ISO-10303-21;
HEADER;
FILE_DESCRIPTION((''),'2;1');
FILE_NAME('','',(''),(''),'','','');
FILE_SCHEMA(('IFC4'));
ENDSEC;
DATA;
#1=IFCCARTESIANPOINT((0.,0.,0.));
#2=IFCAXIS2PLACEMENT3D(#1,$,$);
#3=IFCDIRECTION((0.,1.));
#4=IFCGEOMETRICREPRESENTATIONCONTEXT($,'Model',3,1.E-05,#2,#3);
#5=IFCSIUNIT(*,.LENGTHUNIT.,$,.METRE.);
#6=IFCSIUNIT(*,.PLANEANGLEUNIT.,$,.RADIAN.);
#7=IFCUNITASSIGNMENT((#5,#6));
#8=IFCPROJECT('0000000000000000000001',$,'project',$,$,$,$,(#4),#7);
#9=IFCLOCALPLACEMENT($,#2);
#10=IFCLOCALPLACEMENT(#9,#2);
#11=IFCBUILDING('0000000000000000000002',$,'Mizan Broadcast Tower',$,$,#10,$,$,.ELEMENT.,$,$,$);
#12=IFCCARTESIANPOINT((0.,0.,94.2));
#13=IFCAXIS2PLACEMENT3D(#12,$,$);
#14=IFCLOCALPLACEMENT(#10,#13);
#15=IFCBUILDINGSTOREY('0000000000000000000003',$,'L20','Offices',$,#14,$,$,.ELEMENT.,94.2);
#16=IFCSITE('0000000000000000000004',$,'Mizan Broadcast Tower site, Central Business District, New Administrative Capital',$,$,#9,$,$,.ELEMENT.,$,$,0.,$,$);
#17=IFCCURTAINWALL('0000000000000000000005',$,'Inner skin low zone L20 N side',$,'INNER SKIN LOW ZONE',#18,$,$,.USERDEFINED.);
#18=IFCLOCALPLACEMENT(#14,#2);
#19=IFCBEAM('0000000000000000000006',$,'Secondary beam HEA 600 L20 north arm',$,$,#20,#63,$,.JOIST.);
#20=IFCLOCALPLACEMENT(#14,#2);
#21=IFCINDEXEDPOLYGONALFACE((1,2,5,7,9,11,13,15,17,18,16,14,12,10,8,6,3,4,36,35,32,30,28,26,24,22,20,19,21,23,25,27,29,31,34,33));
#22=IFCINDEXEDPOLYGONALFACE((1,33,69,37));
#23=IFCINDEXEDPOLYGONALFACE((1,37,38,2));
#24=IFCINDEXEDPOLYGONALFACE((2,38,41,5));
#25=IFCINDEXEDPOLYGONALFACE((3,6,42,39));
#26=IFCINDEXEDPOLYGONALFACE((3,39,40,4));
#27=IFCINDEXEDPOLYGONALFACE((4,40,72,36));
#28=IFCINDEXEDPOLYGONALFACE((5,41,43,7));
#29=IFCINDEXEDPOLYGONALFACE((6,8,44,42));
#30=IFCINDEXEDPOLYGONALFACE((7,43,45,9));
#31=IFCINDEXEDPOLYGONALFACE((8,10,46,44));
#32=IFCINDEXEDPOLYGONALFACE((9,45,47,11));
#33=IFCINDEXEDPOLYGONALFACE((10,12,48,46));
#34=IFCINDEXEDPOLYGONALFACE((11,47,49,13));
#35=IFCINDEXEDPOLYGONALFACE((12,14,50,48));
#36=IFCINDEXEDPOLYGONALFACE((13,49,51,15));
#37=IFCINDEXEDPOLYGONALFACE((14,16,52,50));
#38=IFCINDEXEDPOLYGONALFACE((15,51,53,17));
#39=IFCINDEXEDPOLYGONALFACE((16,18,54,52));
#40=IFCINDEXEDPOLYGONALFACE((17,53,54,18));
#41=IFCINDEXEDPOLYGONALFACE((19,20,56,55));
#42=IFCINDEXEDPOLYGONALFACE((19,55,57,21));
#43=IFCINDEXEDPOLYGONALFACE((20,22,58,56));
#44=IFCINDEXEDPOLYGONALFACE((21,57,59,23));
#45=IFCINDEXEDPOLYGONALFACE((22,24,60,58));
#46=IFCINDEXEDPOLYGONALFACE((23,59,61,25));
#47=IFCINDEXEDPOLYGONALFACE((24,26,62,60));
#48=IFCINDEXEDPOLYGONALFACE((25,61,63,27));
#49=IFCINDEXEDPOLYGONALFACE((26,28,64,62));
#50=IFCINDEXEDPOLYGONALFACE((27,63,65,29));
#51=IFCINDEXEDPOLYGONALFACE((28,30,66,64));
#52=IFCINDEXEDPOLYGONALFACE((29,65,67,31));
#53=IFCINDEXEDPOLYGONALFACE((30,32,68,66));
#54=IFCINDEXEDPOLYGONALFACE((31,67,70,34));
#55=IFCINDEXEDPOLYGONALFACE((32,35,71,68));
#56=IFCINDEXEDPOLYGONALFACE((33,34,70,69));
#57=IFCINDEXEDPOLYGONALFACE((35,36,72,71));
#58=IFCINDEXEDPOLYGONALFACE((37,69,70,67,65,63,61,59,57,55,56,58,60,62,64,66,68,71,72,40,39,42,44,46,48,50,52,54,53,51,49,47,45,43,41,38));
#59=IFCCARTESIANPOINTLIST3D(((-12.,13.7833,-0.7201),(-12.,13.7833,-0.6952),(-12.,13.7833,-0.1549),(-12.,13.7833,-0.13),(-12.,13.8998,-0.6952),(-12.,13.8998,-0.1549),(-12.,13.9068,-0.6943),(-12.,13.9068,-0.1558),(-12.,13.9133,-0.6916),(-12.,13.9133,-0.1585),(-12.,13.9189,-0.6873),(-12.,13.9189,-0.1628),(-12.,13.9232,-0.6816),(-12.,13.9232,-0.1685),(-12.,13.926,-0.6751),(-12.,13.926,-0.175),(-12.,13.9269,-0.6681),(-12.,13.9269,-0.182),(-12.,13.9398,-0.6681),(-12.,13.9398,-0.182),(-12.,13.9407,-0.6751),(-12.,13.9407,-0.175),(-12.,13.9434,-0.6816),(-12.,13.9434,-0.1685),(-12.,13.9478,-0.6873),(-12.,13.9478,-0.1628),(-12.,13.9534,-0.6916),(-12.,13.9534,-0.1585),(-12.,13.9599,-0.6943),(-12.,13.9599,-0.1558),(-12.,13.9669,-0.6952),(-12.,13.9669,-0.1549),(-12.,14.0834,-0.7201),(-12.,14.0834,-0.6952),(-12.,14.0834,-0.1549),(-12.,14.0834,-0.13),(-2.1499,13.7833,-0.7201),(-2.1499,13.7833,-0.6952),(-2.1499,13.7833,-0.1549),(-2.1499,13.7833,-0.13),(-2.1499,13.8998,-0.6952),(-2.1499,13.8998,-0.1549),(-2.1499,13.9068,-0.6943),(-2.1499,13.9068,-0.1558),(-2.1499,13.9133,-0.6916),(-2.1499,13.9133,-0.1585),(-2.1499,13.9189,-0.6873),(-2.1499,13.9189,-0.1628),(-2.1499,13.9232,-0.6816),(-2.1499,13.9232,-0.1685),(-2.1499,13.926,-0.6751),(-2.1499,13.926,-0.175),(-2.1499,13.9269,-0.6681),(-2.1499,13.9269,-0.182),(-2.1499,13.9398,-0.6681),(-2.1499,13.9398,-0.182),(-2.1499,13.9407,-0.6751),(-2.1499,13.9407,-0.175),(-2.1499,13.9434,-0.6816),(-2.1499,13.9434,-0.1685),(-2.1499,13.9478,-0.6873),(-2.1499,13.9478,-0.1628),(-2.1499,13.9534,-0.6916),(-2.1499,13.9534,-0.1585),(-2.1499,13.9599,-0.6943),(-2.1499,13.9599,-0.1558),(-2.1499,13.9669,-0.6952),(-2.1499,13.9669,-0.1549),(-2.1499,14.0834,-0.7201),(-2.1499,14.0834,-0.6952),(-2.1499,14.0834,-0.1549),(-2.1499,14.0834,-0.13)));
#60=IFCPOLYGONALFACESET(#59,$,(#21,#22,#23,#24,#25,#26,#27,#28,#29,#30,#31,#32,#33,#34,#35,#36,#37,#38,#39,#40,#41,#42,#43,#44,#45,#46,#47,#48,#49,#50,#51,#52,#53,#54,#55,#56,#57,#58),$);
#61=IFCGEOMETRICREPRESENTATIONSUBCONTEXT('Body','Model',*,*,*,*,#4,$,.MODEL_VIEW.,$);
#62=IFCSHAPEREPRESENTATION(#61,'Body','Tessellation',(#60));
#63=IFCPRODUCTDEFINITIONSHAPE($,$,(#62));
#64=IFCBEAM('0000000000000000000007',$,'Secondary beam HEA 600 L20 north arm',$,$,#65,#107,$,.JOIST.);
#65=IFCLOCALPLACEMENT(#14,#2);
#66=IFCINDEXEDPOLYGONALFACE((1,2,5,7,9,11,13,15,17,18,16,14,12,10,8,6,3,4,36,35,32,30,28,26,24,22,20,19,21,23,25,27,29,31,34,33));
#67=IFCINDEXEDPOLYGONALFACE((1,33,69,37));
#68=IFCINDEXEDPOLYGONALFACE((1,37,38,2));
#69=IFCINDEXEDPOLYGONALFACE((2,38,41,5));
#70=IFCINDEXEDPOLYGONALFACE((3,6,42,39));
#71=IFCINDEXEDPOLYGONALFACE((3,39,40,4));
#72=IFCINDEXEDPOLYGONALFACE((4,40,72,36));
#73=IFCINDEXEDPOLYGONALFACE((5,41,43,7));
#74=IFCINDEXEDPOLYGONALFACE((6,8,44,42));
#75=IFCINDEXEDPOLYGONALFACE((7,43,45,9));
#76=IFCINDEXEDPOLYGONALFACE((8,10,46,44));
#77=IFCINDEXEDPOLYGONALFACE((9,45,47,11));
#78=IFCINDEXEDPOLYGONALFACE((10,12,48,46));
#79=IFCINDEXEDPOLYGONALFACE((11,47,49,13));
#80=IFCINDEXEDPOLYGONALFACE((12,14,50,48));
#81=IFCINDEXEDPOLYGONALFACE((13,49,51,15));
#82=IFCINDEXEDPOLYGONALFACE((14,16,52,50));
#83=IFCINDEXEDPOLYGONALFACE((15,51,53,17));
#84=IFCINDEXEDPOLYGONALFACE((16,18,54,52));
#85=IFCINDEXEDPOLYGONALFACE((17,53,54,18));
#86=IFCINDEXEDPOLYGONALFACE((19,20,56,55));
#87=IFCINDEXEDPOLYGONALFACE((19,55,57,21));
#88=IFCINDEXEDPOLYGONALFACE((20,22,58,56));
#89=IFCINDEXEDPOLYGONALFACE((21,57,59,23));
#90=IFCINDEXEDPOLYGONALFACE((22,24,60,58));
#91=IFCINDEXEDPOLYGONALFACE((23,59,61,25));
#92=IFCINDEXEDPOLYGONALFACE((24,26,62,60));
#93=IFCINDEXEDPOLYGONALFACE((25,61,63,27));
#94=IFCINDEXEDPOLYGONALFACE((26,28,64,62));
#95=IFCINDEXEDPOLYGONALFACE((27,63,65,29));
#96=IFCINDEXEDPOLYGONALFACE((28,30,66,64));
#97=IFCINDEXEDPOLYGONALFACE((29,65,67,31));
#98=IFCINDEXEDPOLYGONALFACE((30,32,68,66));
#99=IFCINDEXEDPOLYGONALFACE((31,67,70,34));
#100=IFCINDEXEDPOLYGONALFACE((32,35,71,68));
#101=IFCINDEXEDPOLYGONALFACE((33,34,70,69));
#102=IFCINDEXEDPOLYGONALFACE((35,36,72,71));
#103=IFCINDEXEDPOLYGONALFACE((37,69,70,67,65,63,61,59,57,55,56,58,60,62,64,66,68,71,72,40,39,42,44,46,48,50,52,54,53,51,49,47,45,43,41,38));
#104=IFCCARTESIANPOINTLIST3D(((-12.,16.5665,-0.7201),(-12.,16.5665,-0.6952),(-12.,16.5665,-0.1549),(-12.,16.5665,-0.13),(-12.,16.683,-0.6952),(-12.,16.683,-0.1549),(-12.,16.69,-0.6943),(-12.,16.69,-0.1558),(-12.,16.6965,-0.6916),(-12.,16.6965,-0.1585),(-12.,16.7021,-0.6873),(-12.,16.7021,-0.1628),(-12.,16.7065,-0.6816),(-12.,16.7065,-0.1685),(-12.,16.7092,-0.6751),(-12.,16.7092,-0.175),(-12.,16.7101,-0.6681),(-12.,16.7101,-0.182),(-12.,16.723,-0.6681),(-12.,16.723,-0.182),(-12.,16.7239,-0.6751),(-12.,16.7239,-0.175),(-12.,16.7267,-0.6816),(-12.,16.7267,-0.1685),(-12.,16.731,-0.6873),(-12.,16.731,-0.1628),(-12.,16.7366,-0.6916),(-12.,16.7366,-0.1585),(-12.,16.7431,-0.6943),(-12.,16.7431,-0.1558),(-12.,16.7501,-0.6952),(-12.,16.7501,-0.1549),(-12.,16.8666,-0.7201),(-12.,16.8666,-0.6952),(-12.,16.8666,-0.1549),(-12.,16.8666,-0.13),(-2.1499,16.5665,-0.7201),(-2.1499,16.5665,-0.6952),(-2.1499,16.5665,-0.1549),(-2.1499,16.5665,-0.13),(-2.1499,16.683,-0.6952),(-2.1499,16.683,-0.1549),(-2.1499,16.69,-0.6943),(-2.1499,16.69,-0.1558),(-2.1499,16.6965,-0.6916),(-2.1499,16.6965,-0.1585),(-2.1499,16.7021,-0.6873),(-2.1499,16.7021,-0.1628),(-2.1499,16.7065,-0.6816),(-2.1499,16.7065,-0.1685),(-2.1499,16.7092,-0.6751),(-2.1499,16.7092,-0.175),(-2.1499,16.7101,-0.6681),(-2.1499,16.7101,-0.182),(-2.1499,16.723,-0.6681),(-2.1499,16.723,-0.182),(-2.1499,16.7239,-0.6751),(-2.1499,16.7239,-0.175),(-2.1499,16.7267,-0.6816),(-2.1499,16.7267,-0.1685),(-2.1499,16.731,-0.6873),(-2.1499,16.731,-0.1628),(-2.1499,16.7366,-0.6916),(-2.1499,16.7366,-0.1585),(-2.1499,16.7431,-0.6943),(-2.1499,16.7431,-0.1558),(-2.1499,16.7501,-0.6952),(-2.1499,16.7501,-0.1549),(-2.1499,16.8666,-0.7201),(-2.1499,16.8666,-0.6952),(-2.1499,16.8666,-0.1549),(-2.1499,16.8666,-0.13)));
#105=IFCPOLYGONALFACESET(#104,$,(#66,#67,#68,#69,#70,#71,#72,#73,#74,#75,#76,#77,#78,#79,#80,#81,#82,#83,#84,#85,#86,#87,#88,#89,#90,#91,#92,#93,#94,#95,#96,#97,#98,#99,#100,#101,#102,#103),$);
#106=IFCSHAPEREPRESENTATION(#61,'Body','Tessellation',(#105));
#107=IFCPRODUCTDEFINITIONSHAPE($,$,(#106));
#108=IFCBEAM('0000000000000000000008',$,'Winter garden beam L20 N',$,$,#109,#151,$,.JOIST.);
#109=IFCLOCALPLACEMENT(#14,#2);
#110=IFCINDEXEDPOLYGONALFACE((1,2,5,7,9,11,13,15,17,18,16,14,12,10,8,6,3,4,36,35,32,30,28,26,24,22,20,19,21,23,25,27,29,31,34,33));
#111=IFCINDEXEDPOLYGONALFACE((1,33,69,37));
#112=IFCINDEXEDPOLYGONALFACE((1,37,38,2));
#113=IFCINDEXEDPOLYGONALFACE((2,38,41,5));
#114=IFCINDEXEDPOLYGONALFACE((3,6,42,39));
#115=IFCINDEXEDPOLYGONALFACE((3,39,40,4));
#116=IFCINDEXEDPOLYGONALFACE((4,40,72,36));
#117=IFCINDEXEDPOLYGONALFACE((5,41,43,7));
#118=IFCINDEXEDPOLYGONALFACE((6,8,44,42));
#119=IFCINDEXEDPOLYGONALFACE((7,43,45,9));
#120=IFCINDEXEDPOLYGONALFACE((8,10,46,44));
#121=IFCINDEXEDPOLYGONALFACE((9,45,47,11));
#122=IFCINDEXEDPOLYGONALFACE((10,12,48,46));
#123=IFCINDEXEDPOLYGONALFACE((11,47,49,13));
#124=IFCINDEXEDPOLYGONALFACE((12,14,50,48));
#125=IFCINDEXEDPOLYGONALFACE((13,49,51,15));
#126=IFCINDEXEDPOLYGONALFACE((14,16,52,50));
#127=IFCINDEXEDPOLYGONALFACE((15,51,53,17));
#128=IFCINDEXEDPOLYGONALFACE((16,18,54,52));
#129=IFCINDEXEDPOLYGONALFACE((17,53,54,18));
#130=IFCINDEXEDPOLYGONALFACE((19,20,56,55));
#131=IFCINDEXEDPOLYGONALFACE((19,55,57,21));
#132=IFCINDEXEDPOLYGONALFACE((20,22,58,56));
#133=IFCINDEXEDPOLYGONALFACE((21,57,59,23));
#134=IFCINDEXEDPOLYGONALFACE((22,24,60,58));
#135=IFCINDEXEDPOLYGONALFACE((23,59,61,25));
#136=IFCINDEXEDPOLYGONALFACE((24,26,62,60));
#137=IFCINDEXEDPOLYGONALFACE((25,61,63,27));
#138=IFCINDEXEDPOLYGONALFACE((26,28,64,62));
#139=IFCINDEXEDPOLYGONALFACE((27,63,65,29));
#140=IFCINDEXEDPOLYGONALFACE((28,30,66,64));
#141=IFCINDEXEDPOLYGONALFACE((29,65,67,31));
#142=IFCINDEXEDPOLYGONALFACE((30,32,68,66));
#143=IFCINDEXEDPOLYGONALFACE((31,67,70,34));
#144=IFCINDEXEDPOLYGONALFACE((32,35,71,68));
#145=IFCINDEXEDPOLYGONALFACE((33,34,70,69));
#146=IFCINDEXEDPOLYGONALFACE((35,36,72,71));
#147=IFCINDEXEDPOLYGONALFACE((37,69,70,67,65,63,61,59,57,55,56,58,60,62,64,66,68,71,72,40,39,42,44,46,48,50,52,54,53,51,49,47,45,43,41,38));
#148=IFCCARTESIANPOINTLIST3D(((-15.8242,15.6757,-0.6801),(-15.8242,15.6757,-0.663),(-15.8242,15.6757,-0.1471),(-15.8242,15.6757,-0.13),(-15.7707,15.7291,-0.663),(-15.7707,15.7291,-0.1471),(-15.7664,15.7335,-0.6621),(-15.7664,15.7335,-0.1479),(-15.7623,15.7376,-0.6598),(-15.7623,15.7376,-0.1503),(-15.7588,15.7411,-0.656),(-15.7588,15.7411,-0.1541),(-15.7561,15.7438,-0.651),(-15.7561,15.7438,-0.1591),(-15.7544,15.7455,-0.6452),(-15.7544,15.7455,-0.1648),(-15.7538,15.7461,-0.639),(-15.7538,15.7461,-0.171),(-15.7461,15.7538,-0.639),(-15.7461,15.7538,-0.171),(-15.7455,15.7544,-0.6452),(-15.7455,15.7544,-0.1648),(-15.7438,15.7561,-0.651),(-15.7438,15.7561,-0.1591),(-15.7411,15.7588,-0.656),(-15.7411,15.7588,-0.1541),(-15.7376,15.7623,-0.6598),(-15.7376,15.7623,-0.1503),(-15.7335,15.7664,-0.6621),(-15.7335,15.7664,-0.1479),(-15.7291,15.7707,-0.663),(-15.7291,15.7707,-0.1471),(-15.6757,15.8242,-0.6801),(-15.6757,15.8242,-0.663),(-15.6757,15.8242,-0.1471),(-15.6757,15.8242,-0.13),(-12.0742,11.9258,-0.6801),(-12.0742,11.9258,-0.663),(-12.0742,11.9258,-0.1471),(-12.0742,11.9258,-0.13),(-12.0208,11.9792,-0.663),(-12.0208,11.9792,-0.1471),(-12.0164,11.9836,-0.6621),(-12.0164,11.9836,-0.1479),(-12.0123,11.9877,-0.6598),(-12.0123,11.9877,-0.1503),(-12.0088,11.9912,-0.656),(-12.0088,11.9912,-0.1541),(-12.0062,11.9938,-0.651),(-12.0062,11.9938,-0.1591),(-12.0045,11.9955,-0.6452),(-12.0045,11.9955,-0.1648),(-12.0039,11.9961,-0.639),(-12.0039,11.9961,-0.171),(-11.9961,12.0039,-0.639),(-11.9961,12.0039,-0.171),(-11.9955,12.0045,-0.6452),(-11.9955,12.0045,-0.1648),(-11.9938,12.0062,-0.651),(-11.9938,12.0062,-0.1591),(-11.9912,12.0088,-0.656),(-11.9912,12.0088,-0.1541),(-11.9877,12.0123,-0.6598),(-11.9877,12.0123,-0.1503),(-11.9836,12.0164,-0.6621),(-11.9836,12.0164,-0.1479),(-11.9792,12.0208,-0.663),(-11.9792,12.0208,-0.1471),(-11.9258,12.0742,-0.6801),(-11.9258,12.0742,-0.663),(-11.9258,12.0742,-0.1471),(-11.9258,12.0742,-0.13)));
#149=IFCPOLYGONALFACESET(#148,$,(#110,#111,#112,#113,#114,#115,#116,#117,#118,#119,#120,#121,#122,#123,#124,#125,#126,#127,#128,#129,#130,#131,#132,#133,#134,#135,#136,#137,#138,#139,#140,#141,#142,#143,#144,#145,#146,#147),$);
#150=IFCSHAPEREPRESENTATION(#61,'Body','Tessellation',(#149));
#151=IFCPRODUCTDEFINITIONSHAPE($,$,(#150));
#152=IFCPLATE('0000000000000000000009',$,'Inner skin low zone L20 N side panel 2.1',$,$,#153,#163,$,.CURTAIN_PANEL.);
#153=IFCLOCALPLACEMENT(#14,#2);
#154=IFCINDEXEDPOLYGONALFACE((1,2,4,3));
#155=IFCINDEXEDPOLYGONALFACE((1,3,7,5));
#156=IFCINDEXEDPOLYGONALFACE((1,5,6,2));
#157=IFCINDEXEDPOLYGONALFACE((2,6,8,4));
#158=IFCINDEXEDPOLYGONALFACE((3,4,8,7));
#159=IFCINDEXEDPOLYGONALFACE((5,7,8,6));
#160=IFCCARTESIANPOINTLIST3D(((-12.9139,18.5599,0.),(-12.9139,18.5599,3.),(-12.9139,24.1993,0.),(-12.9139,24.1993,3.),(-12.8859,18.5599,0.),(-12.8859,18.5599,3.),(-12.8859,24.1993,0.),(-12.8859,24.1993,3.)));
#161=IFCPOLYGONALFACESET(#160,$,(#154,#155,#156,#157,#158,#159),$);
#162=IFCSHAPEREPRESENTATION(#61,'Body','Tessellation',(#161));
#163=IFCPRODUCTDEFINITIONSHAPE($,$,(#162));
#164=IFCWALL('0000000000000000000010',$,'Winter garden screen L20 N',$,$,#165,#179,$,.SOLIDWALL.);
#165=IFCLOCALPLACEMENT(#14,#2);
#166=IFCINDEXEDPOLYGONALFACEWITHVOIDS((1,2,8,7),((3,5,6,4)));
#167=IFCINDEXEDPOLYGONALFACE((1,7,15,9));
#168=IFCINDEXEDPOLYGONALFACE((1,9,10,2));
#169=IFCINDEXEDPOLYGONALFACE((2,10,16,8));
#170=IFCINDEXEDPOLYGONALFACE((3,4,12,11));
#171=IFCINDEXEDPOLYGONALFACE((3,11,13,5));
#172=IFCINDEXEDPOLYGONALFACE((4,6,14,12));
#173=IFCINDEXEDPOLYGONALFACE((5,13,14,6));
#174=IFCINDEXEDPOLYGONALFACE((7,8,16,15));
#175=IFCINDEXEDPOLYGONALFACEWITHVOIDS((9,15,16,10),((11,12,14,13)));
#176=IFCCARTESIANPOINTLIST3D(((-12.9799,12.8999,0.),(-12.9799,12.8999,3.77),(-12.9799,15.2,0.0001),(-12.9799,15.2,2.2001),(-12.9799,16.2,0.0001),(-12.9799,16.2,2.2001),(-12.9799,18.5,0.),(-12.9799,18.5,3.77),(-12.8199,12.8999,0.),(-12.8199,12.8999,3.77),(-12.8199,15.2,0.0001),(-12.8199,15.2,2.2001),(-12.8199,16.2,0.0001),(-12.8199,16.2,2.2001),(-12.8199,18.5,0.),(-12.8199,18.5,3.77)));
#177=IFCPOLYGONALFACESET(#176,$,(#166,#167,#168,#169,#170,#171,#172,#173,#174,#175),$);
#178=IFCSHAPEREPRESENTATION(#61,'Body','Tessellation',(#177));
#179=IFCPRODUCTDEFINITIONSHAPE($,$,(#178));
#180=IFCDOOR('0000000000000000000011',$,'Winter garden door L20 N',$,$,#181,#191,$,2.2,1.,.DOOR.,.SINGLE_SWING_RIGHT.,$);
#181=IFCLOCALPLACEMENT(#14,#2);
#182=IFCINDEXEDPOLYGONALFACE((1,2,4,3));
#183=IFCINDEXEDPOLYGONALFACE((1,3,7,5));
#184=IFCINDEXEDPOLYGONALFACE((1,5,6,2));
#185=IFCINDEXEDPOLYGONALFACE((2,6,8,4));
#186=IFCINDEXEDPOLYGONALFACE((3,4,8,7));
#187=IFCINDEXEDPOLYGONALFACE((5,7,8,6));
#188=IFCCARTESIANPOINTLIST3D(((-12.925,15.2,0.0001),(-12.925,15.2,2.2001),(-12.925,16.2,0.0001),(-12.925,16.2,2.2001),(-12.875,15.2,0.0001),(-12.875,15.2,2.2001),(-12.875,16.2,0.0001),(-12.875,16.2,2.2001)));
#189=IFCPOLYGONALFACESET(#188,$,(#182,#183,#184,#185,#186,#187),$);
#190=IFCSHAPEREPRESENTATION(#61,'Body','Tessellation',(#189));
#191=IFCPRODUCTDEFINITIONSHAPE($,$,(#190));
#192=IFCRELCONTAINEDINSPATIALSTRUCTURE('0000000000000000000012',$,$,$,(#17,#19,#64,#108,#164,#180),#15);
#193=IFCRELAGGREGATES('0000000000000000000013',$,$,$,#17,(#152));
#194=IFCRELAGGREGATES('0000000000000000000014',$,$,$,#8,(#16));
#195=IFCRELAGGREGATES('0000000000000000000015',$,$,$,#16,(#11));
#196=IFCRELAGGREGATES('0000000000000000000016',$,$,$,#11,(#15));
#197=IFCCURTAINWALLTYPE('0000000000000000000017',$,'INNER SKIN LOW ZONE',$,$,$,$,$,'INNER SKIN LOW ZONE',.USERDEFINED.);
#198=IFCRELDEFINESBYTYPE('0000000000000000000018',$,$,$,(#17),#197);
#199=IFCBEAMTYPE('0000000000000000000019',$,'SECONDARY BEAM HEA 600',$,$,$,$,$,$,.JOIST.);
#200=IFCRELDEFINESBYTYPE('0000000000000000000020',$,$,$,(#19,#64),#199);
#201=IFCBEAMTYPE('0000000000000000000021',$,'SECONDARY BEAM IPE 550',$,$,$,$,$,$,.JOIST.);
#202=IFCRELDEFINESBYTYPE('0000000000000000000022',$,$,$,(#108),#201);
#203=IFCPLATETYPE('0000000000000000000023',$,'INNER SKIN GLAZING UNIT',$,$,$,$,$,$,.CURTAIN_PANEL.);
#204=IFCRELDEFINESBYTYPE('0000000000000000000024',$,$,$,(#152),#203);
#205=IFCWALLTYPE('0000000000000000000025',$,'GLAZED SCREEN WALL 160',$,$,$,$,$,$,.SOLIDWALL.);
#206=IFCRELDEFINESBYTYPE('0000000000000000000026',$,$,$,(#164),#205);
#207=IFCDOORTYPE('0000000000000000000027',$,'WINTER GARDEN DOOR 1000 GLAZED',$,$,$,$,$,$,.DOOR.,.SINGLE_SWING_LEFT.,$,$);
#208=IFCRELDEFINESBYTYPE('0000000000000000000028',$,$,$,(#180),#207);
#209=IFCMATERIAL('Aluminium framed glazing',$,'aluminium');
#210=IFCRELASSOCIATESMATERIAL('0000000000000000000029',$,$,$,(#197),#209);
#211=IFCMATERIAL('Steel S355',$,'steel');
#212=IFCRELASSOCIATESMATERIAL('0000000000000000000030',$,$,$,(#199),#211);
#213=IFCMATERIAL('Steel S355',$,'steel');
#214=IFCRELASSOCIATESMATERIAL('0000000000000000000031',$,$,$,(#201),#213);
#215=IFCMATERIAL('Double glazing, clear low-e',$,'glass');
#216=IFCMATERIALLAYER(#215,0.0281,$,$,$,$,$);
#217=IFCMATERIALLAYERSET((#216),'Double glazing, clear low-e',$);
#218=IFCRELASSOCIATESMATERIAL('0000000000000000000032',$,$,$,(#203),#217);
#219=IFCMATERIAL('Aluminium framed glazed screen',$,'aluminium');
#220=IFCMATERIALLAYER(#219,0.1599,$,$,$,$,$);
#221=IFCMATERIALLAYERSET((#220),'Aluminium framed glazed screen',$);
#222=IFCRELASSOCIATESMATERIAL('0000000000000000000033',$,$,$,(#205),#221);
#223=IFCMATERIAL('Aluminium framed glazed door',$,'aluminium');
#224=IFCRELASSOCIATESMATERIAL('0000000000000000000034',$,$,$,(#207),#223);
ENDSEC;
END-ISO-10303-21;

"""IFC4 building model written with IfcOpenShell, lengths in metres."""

from ifc_helpers import new_model, si_unit, direction, frame, frame_2d, origin, origin_2d, place, context, subcontext, project, spatial, rectangle, i_section, extrude, material, layer, layer_set, material_profile, profile_set, type_object, element, fill, aggregate, save


model = new_model("IFC4")

# Units and contexts
model_context = context("Model", 3, precision=1e-05, world=origin(), true_north=direction((0.0, 1.0)))
body_context = subcontext(model_context, "Body", "Model", "MODEL_VIEW")
ifc_project = project(units=[si_unit("LENGTHUNIT", "METRE"), si_unit("PLANEANGLEUNIT", "RADIAN")], contexts=[model_context])

# Site, building, storey
site_placement = place(None, origin())
site = spatial("IfcSite", under=ifc_project, at=site_placement, Name="Mizan Broadcast Tower site, Central Business District, New Administrative Capital", CompositionType="ELEMENT", RefElevation=0.0)
building_placement = place(site_placement, origin())
building = spatial("IfcBuilding", under=site, at=building_placement, Name="Mizan Broadcast Tower", CompositionType="ELEMENT")
storey_placement = place(building_placement, frame((0.0, 0.0, 94.2)))
storey = spatial("IfcBuildingStorey", under=building, at=storey_placement, Name="L20", Description="Offices", CompositionType="ELEMENT", Elevation=94.2)

# Curtain wall
ifc_material_1 = material(Name="Aluminium framed glazing", Category="aluminium")
curtain_wall_type = type_object("IfcCurtainWallType", Name="INNER SKIN LOW ZONE", ElementType="INNER SKIN LOW ZONE", PredefinedType="USERDEFINED", material=ifc_material_1)
curtain_wall_placement = place(storey_placement, origin())
curtain_wall = element("IfcCurtainWall", 1, at=curtain_wall_placement, inside=storey, type_object=curtain_wall_type, Name="Inner skin low zone L20 N side", ObjectType="INNER SKIN LOW ZONE", PredefinedType="USERDEFINED")

# Beams
ifc_material_2 = material(Name="Steel S355", Category="steel")
ifc_material_profile_1 = material_profile(ifc_material_2, i_section(OverallWidth=0.3, OverallDepth=0.5901, WebThickness=0.0129, FlangeThickness=0.0249, FilletRadius=0.0271, at=origin_2d()), Name="HEA 600")
ifc_profile_set_1 = profile_set([ifc_material_profile_1], Name="Steel S355")
beam_type_1 = type_object("IfcBeamType", Name="SECONDARY BEAM HEA 600", PredefinedType="JOIST", material=ifc_profile_set_1)
for number, where, z_axis, x_axis, name in (
    (2, (-12.0, 13.9333, -0.425), (1.0, 0.0, 0.0), (0.0, 1.0, 0.0), "Secondary beam HEA 600 L20 north arm"),
    (3, (-12.0, 16.7166, -0.425), (1.0, 0.0, 0.0), (0.0, 1.0, 0.0), "Secondary beam HEA 600 L20 north arm"),
):
    element("IfcBeam", number, at=place(storey_placement, frame(where, z_axis=z_axis, x_axis=x_axis)), inside=storey, type_object=beam_type_1, Name=name, PredefinedType="JOIST", context=body_context, shape_type="SweptSolid", body=[
        extrude(i_section(OverallWidth=0.3, OverallDepth=0.5901, WebThickness=0.0129, FlangeThickness=0.0249, FilletRadius=0.0271, at=origin_2d()), origin(), (0.0, 0.0, 1.0), 9.8501),
    ])
ifc_material_3 = material(Name="Steel S355", Category="steel")
ifc_material_profile_2 = material_profile(ifc_material_3, i_section(OverallWidth=0.21, OverallDepth=0.55, WebThickness=0.011, FlangeThickness=0.0171, FilletRadius=0.0239, at=origin_2d()), Name="IPE 550")
ifc_profile_set_2 = profile_set([ifc_material_profile_2], Name="Steel S355")
beam_type_2 = type_object("IfcBeamType", Name="SECONDARY BEAM IPE 550", PredefinedType="JOIST", material=ifc_profile_set_2)
beam_1_placement = place(storey_placement, frame((-12.0, 12.0, -0.405), z_axis=(-0.707107, 0.707107, 0.0), x_axis=(-0.707107, -0.707107, 0.0)))
element("IfcBeam", 4, at=beam_1_placement, inside=storey, type_object=beam_type_2, Name="Winter garden beam L20 N", PredefinedType="JOIST", context=body_context, shape_type="SweptSolid", body=[
    extrude(i_section(OverallWidth=0.21, OverallDepth=0.55, WebThickness=0.011, FlangeThickness=0.0171, FilletRadius=0.0239, at=origin_2d()), origin(), (0.0, 0.0, 1.0), 5.3032),
])

# Plate
ifc_material_4 = material(Name="Double glazing, clear low-e", Category="glass")
ifc_layer_1 = layer(ifc_material_4, 0.0281)
ifc_layer_set_1 = layer_set([ifc_layer_1], Name="Double glazing, clear low-e")
plate_type = type_object("IfcPlateType", Name="INNER SKIN GLAZING UNIT", PredefinedType="CURTAIN_PANEL", material=ifc_layer_set_1)
plate_placement = place(storey_placement, frame((-12.8999, 21.3796, 0.0), z_axis=(0.0, 0.0, 1.0), x_axis=(0.0, -1.0, 0.0)))
plate = element("IfcPlate", 5, at=plate_placement, type_object=plate_type, Name="Inner skin low zone L20 N side panel 2.1", PredefinedType="CURTAIN_PANEL", context=body_context, shape_type="SweptSolid", body=[
    extrude(rectangle(XDim=5.6394, YDim=0.0281, at=origin_2d()), origin(), (0.0, 0.0, 1.0), 3.0),
])
aggregate(curtain_wall, [plate])

# Wall, opening, door
ifc_material_5 = material(Name="Aluminium framed glazed screen", Category="aluminium")
ifc_layer_2 = layer(ifc_material_5, 0.1599)
ifc_layer_set_2 = layer_set([ifc_layer_2], Name="Aluminium framed glazed screen")
wall_type = type_object("IfcWallType", Name="GLAZED SCREEN WALL 160", PredefinedType="SOLIDWALL", material=ifc_layer_set_2)
wall_1_placement = place(storey_placement, frame((-12.8999, 18.5, 0.0), z_axis=(0.0, 0.0, 1.0), x_axis=(0.0, -1.0, 0.0)))
wall_1 = element("IfcWall", 6, at=wall_1_placement, inside=storey, type_object=wall_type, Name="Winter garden screen L20 N", PredefinedType="SOLIDWALL", context=body_context, shape_type="SweptSolid", body=[
    extrude(rectangle(XDim=5.6001, YDim=0.1599, at=frame_2d((2.8, 0.0))), origin(), (0.0, 0.0, 1.0), 3.77),
])
opening_placement = place(wall_1_placement, frame((2.3, 0.0, 0.0)))
opening = element("IfcOpeningElement", 7, at=opening_placement, cuts=wall_1, PredefinedType="OPENING", context=body_context, shape_type="SweptSolid", body=[
    extrude(rectangle(XDim=1.0, YDim=2.2, at=frame_2d((0.5, 1.1001))), frame((0.0, 0.0898, 0.0), z_axis=(0.0, -1.0, 0.0), x_axis=(1.0, 0.0, 0.0)), (0.0, 0.0, 1.0), 0.1799),
])
ifc_material_6 = material(Name="Aluminium framed glazed door", Category="aluminium")
door_type = type_object("IfcDoorType", Name="WINTER GARDEN DOOR 1000 GLAZED", OperationType="SINGLE_SWING_LEFT", PredefinedType="DOOR", material=ifc_material_6)
door_placement = place(opening_placement, origin())
door = element("IfcDoor", 8, at=door_placement, inside=storey, type_object=door_type, Name="Winter garden door L20 N", OperationType="SINGLE_SWING_RIGHT", OverallHeight=2.2, OverallWidth=1.0, PredefinedType="DOOR", context=body_context, shape_type="SweptSolid", body=[
    extrude(rectangle(XDim=1.0, YDim=2.2, at=frame_2d((0.5, 1.1001))), frame((0.0, 0.0249, 0.0), z_axis=(0.0, -1.0, 0.0), x_axis=(1.0, 0.0, 0.0)), (0.0, 0.0, 1.0), 0.05),
])
fill(opening, door)

save(model, "model.ifc")
